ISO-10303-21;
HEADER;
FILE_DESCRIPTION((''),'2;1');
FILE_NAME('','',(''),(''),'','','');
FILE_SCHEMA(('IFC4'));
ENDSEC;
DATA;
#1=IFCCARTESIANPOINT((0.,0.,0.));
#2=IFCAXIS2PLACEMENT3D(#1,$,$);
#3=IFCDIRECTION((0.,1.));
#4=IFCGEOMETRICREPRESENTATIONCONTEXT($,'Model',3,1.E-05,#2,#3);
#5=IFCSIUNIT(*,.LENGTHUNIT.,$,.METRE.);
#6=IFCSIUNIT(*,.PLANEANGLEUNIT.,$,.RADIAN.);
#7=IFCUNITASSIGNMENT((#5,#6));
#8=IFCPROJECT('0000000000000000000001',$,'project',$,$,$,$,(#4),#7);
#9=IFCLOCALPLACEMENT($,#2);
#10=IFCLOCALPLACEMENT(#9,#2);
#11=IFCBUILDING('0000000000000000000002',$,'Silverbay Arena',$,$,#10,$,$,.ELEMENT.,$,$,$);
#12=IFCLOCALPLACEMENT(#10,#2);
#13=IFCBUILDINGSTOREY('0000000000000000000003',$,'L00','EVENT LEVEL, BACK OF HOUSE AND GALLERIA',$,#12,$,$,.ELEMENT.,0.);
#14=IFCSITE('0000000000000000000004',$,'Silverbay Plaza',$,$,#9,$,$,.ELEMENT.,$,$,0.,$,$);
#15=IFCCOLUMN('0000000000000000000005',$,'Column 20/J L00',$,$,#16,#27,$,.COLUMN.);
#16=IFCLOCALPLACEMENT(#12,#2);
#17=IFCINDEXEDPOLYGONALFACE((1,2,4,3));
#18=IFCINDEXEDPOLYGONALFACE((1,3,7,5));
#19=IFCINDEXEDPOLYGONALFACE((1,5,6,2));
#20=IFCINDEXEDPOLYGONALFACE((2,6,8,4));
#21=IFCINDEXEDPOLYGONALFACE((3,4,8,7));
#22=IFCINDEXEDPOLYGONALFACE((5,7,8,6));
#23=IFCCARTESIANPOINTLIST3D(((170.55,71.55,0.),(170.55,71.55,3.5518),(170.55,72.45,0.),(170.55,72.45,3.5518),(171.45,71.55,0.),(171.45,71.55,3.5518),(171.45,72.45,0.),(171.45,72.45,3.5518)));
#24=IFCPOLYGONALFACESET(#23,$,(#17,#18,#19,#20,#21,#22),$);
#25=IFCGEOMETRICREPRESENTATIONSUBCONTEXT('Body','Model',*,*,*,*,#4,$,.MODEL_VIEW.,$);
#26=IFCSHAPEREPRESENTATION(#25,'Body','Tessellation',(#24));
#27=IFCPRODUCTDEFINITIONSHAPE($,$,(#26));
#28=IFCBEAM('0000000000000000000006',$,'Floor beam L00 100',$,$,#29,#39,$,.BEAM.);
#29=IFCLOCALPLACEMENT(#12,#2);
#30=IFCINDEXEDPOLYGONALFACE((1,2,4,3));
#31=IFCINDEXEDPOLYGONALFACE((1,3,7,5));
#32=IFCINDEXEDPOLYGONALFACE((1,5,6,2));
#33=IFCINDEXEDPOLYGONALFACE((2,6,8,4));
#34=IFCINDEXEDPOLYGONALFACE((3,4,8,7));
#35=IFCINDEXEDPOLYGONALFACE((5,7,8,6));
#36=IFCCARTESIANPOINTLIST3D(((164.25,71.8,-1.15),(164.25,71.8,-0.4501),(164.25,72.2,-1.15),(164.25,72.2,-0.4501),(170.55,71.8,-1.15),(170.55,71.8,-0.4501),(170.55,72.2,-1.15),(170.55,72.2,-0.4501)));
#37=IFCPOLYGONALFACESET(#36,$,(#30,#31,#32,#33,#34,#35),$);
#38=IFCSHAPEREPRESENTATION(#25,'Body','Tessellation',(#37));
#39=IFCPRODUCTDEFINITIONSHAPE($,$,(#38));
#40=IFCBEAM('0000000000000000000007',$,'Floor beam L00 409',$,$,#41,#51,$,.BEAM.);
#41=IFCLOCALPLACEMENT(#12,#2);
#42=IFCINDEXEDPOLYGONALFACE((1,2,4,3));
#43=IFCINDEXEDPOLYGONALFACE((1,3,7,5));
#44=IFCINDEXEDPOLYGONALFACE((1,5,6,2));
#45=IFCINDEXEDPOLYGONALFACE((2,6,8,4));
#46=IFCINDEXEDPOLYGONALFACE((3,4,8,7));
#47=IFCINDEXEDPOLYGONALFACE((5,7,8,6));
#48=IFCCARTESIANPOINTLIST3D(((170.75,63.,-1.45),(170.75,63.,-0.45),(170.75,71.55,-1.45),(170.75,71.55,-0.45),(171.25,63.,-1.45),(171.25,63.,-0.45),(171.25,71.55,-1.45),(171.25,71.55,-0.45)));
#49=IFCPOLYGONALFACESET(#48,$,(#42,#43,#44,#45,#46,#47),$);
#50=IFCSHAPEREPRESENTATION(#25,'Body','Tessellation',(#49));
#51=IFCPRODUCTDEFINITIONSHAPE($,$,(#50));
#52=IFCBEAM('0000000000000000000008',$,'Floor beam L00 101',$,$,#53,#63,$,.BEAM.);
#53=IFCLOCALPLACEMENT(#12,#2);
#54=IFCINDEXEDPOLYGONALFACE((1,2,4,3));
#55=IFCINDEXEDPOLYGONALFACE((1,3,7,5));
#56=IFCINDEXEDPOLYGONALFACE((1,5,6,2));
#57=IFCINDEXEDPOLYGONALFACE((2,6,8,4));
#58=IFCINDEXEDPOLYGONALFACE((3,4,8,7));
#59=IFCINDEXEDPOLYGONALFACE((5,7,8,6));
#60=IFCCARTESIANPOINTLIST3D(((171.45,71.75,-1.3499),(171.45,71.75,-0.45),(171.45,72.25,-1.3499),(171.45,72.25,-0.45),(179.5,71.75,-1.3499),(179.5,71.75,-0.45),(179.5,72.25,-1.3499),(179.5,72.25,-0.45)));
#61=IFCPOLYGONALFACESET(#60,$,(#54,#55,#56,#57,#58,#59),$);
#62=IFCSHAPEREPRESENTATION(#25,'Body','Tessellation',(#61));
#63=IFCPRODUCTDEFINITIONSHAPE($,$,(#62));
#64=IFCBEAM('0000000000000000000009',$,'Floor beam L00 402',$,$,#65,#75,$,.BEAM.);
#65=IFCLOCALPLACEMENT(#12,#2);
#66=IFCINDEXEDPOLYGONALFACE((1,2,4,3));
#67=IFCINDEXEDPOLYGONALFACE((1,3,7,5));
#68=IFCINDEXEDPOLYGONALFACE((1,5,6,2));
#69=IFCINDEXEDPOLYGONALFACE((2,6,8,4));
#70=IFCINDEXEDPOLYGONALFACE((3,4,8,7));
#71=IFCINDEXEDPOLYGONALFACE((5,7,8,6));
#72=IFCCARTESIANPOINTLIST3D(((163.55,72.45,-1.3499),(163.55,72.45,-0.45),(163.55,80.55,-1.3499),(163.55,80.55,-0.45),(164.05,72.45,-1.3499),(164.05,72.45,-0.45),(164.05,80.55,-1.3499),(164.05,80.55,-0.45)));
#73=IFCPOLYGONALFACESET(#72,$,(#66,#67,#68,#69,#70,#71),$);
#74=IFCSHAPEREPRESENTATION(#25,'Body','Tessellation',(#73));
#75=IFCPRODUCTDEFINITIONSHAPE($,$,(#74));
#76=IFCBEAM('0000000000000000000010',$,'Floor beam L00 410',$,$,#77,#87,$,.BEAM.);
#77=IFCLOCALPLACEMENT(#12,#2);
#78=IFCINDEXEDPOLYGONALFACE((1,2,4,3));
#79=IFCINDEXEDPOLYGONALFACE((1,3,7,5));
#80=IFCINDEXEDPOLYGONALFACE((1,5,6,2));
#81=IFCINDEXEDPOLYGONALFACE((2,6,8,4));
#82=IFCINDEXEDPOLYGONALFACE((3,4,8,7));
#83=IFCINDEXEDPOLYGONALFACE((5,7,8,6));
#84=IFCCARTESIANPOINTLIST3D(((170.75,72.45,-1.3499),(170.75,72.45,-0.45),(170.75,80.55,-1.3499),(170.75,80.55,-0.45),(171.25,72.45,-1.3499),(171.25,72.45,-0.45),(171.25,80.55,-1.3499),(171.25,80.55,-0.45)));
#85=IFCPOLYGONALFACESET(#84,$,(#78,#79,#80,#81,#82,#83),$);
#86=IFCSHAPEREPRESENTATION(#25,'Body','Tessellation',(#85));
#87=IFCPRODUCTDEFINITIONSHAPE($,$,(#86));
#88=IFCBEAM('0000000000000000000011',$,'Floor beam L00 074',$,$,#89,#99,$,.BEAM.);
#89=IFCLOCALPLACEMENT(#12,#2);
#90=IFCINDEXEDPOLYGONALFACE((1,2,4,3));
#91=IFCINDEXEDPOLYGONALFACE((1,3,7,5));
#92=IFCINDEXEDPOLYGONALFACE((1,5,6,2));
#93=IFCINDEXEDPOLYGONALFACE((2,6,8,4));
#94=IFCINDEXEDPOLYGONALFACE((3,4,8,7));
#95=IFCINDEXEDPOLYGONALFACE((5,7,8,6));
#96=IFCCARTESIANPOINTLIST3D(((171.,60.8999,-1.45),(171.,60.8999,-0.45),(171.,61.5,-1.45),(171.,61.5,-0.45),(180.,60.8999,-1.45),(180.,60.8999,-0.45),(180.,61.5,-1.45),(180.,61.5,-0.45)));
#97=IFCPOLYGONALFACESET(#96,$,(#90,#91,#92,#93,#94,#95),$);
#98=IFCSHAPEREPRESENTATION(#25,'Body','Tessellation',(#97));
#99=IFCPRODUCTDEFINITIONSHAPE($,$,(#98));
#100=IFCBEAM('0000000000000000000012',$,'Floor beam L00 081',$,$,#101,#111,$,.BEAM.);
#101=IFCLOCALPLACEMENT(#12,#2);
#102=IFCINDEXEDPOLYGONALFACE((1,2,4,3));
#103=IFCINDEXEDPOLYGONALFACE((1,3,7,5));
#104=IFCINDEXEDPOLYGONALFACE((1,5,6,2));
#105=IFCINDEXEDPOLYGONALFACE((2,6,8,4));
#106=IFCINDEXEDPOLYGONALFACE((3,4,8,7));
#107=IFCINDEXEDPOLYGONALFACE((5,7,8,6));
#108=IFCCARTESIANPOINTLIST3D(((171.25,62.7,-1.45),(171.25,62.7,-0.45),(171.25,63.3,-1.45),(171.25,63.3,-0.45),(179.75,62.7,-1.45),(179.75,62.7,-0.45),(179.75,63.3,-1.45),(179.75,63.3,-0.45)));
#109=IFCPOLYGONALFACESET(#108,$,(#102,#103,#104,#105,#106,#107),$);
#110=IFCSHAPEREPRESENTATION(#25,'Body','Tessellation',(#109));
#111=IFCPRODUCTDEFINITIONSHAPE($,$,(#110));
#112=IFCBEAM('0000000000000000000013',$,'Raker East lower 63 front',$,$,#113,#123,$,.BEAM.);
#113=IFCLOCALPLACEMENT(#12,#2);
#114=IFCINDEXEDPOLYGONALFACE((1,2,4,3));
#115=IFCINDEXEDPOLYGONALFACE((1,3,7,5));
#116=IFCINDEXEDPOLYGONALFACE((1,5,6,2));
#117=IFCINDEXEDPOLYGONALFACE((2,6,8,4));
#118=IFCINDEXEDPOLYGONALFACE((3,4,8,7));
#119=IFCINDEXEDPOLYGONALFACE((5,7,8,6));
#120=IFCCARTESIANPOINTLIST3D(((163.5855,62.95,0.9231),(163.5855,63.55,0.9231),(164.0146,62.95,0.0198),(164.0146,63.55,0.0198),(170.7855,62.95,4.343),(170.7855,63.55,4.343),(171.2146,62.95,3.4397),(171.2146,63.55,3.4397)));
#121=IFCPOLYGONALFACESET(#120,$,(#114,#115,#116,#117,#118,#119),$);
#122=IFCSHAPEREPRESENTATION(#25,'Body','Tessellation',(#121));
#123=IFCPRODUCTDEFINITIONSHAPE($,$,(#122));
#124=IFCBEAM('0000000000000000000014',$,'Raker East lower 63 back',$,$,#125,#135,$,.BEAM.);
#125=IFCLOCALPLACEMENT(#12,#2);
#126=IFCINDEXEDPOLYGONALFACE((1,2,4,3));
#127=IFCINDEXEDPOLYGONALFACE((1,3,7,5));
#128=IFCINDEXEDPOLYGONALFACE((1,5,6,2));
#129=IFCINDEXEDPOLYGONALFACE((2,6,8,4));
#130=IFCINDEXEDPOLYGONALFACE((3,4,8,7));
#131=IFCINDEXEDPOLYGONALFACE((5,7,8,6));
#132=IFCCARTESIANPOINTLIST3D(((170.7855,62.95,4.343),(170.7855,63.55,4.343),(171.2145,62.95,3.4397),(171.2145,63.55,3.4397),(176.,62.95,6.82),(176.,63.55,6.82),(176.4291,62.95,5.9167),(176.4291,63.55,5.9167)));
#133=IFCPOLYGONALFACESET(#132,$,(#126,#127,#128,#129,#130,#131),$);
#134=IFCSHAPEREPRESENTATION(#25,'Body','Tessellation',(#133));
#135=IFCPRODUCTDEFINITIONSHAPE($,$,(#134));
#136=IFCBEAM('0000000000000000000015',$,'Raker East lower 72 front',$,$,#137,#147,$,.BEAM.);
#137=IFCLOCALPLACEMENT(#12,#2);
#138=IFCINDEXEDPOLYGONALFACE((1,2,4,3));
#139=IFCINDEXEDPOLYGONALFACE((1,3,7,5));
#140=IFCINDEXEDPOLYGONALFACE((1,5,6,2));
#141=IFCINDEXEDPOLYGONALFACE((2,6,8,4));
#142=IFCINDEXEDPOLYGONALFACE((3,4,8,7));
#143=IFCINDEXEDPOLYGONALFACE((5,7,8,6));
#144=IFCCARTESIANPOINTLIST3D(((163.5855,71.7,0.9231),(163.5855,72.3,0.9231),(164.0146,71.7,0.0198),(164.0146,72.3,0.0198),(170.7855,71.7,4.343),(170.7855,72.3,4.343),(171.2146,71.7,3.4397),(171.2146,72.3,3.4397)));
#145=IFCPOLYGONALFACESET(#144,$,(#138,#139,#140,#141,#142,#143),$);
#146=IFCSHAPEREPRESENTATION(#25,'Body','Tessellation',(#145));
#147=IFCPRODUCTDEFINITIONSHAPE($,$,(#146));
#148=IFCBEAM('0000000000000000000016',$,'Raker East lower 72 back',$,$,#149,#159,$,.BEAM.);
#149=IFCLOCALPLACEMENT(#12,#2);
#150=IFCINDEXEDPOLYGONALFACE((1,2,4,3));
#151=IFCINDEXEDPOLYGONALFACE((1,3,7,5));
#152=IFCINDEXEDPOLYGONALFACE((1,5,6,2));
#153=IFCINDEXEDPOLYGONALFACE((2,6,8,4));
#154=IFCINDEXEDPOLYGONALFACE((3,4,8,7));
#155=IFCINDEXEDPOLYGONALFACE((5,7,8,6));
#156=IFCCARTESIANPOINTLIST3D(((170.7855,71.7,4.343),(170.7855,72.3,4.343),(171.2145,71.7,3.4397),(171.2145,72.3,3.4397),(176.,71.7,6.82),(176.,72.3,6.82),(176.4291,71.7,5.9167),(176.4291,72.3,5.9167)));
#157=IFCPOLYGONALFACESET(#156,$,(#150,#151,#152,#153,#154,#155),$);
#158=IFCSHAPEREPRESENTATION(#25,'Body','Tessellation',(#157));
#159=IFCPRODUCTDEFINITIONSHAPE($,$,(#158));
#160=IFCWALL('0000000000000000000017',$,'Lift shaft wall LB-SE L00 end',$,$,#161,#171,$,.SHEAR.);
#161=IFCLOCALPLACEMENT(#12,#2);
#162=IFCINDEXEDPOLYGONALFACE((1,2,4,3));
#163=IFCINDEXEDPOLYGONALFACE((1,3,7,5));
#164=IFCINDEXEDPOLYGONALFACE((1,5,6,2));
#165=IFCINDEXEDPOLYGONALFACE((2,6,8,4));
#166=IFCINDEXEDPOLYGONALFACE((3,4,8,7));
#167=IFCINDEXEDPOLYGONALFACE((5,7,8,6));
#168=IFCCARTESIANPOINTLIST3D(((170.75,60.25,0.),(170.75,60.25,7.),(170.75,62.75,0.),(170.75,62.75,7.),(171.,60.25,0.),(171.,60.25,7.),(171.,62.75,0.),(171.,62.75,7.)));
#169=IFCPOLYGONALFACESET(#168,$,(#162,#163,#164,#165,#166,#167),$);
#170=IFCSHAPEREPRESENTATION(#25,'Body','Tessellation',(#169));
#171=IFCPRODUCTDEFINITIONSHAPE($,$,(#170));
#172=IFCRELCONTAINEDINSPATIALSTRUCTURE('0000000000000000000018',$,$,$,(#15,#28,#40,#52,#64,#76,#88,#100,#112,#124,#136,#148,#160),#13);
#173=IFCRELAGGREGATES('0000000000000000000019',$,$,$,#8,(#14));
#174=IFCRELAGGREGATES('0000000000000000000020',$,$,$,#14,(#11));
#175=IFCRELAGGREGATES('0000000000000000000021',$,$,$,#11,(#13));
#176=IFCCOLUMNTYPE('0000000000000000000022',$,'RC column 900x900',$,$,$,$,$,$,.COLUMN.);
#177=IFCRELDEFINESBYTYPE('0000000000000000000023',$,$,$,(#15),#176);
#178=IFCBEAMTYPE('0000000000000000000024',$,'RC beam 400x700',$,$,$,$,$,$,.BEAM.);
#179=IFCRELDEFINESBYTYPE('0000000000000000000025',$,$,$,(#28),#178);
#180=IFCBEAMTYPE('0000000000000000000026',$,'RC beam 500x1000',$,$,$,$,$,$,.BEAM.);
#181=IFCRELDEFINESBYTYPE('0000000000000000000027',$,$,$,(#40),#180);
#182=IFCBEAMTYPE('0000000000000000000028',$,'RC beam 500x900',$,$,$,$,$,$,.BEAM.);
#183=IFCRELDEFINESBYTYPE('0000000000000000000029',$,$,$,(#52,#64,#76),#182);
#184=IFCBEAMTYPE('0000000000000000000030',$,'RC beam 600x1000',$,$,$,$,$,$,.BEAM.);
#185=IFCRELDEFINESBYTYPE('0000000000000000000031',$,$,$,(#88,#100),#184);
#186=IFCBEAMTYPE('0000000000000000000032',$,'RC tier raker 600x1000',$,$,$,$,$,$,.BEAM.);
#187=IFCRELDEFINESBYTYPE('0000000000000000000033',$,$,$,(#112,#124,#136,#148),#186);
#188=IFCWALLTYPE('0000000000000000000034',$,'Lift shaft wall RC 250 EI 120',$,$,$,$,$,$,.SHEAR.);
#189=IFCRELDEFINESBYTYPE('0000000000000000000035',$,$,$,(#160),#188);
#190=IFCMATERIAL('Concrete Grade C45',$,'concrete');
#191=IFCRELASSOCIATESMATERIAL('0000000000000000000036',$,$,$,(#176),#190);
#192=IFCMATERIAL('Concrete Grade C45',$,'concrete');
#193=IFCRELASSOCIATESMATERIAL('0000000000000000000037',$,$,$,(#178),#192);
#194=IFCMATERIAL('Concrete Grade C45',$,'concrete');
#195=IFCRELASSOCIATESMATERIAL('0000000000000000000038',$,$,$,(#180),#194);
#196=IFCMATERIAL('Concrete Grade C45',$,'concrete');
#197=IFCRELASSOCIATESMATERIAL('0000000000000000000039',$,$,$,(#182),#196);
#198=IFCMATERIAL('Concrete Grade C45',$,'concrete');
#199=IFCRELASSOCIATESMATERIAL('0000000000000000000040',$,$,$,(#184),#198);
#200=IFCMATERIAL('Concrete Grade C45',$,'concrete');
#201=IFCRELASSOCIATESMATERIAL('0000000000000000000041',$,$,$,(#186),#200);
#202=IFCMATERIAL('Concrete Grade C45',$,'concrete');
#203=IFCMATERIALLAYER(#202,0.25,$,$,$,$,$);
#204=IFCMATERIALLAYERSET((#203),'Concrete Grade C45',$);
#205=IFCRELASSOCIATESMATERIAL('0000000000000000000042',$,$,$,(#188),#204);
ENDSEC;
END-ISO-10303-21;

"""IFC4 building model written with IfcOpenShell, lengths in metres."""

from ifc_helpers import new_model, si_unit, direction, frame, frame_2d, origin, origin_2d, place, context, subcontext, project, spatial, rectangle, extrude, material, layer, layer_set, material_profile, profile_set, type_object, element, save


model = new_model("IFC4")

# Units and contexts
model_context = context("Model", 3, precision=1e-05, world=origin(), true_north=direction((0.0, 1.0)))
body_context = subcontext(model_context, "Body", "Model", "MODEL_VIEW")
ifc_project = project(units=[si_unit("LENGTHUNIT", "METRE"), si_unit("PLANEANGLEUNIT", "RADIAN")], contexts=[model_context])

# Site, building, storey
site_placement = place(None, origin())
site = spatial("IfcSite", under=ifc_project, at=site_placement, Name="Silverbay Plaza", CompositionType="ELEMENT", RefElevation=0.0)
building_placement = place(site_placement, origin())
building = spatial("IfcBuilding", under=site, at=building_placement, Name="Silverbay Arena", CompositionType="ELEMENT")
storey_placement = place(building_placement, origin())
storey = spatial("IfcBuildingStorey", under=building, at=storey_placement, Name="L00", Description="EVENT LEVEL, BACK OF HOUSE AND GALLERIA", CompositionType="ELEMENT", Elevation=0.0)

# Column
ifc_material_1 = material(Name="Concrete Grade C45", Category="concrete")
ifc_material_profile_1 = material_profile(ifc_material_1, rectangle(XDim=0.8999, YDim=0.8999, at=origin_2d()), Name="RC 900x900")
ifc_profile_set_1 = profile_set([ifc_material_profile_1], Name="Concrete Grade C45")
column_type = type_object("IfcColumnType", Name="RC column 900x900", PredefinedType="COLUMN", material=ifc_profile_set_1)
column_placement = place(storey_placement, frame((171.0, 72.0, 0.0), z_axis=(0.0, 0.0, 1.0), x_axis=(1.0, 0.0, 0.0)))
element("IfcColumn", 1, at=column_placement, inside=storey, type_object=column_type, Name="Column 20/J L00", PredefinedType="COLUMN", context=body_context, shape_type="SweptSolid", body=[
    extrude(rectangle(XDim=0.8999, YDim=0.8999, at=origin_2d()), origin(), (0.0, 0.0, 1.0), 3.5518),
])

# Beams
ifc_material_2 = material(Name="Concrete Grade C45", Category="concrete")
ifc_material_profile_2 = material_profile(ifc_material_2, rectangle(XDim=0.3999, YDim=0.7, at=origin_2d()), Name="RC 400x700")
ifc_profile_set_2 = profile_set([ifc_material_profile_2], Name="Concrete Grade C45")
beam_type_1 = type_object("IfcBeamType", Name="RC beam 400x700", PredefinedType="BEAM", material=ifc_profile_set_2)
beam_1_placement = place(storey_placement, frame((164.25, 72.0, -0.8), z_axis=(1.0, 0.0, 0.0), x_axis=(0.0, 1.0, 0.0)))
element("IfcBeam", 2, at=beam_1_placement, inside=storey, type_object=beam_type_1, Name="Floor beam L00 100", PredefinedType="BEAM", context=body_context, shape_type="SweptSolid", body=[
    extrude(rectangle(XDim=0.3999, YDim=0.7, at=origin_2d()), origin(), (0.0, 0.0, 1.0), 6.3),
])
ifc_material_3 = material(Name="Concrete Grade C45", Category="concrete")
ifc_material_profile_3 = material_profile(ifc_material_3, rectangle(XDim=0.5, YDim=1.0, at=origin_2d()), Name="RC 500x1000")
ifc_profile_set_3 = profile_set([ifc_material_profile_3], Name="Concrete Grade C45")
beam_type_2 = type_object("IfcBeamType", Name="RC beam 500x1000", PredefinedType="BEAM", material=ifc_profile_set_3)
beam_2_placement = place(storey_placement, frame((171.0, 63.0, -0.95), z_axis=(0.0, 1.0, 0.0), x_axis=(-1.0, 0.0, 0.0)))
element("IfcBeam", 3, at=beam_2_placement, inside=storey, type_object=beam_type_2, Name="Floor beam L00 409", PredefinedType="BEAM", context=body_context, shape_type="SweptSolid", body=[
    extrude(rectangle(XDim=0.5, YDim=1.0, at=origin_2d()), origin(), (0.0, 0.0, 1.0), 8.55),
])
ifc_material_4 = material(Name="Concrete Grade C45", Category="concrete")
ifc_material_profile_4 = material_profile(ifc_material_4, rectangle(XDim=0.5, YDim=0.8999, at=origin_2d()), Name="RC 500x900")
ifc_profile_set_4 = profile_set([ifc_material_profile_4], Name="Concrete Grade C45")
beam_type_3 = type_object("IfcBeamType", Name="RC beam 500x900", PredefinedType="BEAM", material=ifc_profile_set_4)
beam_3_placement = place(storey_placement, frame((171.45, 72.0, -0.8999), z_axis=(1.0, 0.0, 0.0), x_axis=(0.0, 1.0, 0.0)))
element("IfcBeam", 4, at=beam_3_placement, inside=storey, type_object=beam_type_3, Name="Floor beam L00 101", PredefinedType="BEAM", context=body_context, shape_type="SweptSolid", body=[
    extrude(rectangle(XDim=0.5, YDim=0.8999, at=origin_2d()), origin(), (0.0, 0.0, 1.0), 8.05),
])
for number, where, z_axis, x_axis, name in (
    (5, (163.8, 72.45, -0.8999), (0.0, 1.0, 0.0), (-1.0, 0.0, 0.0), "Floor beam L00 402"),
    (6, (171.0, 72.45, -0.8999), (0.0, 1.0, 0.0), (-1.0, 0.0, 0.0), "Floor beam L00 410"),
):
    element("IfcBeam", number, at=place(storey_placement, frame(where, z_axis=z_axis, x_axis=x_axis)), inside=storey, type_object=beam_type_3, Name=name, PredefinedType="BEAM", context=body_context, shape_type="SweptSolid", body=[
        extrude(rectangle(XDim=0.5, YDim=0.8999, at=origin_2d()), origin(), (0.0, 0.0, 1.0), 8.1001),
    ])
ifc_material_5 = material(Name="Concrete Grade C45", Category="concrete")
ifc_material_profile_5 = material_profile(ifc_material_5, rectangle(XDim=0.6001, YDim=1.0, at=origin_2d()), Name="RC 600x1000")
ifc_profile_set_5 = profile_set([ifc_material_profile_5], Name="Concrete Grade C45")
beam_type_4 = type_object("IfcBeamType", Name="RC beam 600x1000", PredefinedType="BEAM", material=ifc_profile_set_5)
beam_4_placement = place(storey_placement, frame((171.0, 61.2, -0.95), z_axis=(1.0, 0.0, 0.0), x_axis=(0.0, 1.0, 0.0)))
element("IfcBeam", 7, at=beam_4_placement, inside=storey, type_object=beam_type_4, Name="Floor beam L00 074", PredefinedType="BEAM", context=body_context, shape_type="SweptSolid", body=[
    extrude(rectangle(XDim=0.6001, YDim=1.0, at=origin_2d()), origin(), (0.0, 0.0, 1.0), 9.0),
])
beam_5_placement = place(storey_placement, frame((171.25, 63.0, -0.95), z_axis=(1.0, 0.0, 0.0), x_axis=(0.0, 1.0, 0.0)))
element("IfcBeam", 8, at=beam_5_placement, inside=storey, type_object=beam_type_4, Name="Floor beam L00 081", PredefinedType="BEAM", context=body_context, shape_type="SweptSolid", body=[
    extrude(rectangle(XDim=0.6001, YDim=1.0, at=origin_2d()), origin(), (0.0, 0.0, 1.0), 8.5),
])
ifc_material_6 = material(Name="Concrete Grade C45", Category="concrete")
ifc_material_profile_6 = material_profile(ifc_material_6, rectangle(XDim=0.6001, YDim=1.0, at=origin_2d()), Name="RC 600x1000")
ifc_profile_set_6 = profile_set([ifc_material_profile_6], Name="Concrete Grade C45")
beam_type_5 = type_object("IfcBeamType", Name="RC tier raker 600x1000", PredefinedType="BEAM", material=ifc_profile_set_6)
beam_6_placement = place(storey_placement, frame((163.8, 63.25, 0.4714), z_axis=(0.90328, 0.0, 0.429051), x_axis=(0.0, 1.0, 0.0)))
element("IfcBeam", 9, at=beam_6_placement, inside=storey, type_object=beam_type_5, Name="Raker East lower 63 front", PredefinedType="BEAM", context=body_context, shape_type="SweptSolid", body=[
    extrude(rectangle(XDim=0.6001, YDim=1.0, at=origin_2d()), origin(), (0.0, 0.0, 1.0), 7.9709),
])
beam_7_placement = place(storey_placement, frame((171.0, 63.25, 3.8914), z_axis=(0.90327, 0.0, 0.429073), x_axis=(0.0, 1.0, 0.0)))
element("IfcBeam", 10, at=beam_7_placement, inside=storey, type_object=beam_type_5, Name="Raker East lower 63 back", PredefinedType="BEAM", context=body_context, shape_type="SweptSolid", body=[
    extrude(rectangle(XDim=0.6001, YDim=1.0, at=origin_2d()), origin(), (0.0, 0.0, 1.0), 5.7729),
])
beam_8_placement = place(storey_placement, frame((163.8, 72.0, 0.4714), z_axis=(0.90328, 0.0, 0.429051), x_axis=(0.0, 1.0, 0.0)))
element("IfcBeam", 11, at=beam_8_placement, inside=storey, type_object=beam_type_5, Name="Raker East lower 72 front", PredefinedType="BEAM", context=body_context, shape_type="SweptSolid", body=[
    extrude(rectangle(XDim=0.6001, YDim=1.0, at=origin_2d()), origin(), (0.0, 0.0, 1.0), 7.9709),
])
beam_9_placement = place(storey_placement, frame((171.0, 72.0, 3.8914), z_axis=(0.90327, 0.0, 0.429073), x_axis=(0.0, 1.0, 0.0)))
element("IfcBeam", 12, at=beam_9_placement, inside=storey, type_object=beam_type_5, Name="Raker East lower 72 back", PredefinedType="BEAM", context=body_context, shape_type="SweptSolid", body=[
    extrude(rectangle(XDim=0.6001, YDim=1.0, at=origin_2d()), origin(), (0.0, 0.0, 1.0), 5.7729),
])

# Wall
ifc_material_7 = material(Name="Concrete Grade C45", Category="concrete")
ifc_layer_1 = layer(ifc_material_7, 0.25)
ifc_layer_set_1 = layer_set([ifc_layer_1], Name="Concrete Grade C45")
wall_type_1 = type_object("IfcWallType", Name="Lift shaft wall RC 250 EI 120", PredefinedType="SHEAR", material=ifc_layer_set_1)
wall_1_placement = place(storey_placement, frame((170.875, 60.25, 0.0), z_axis=(0.0, 0.0, 1.0), x_axis=(0.0, 1.0, 0.0)))
element("IfcWall", 13, at=wall_1_placement, inside=storey, type_object=wall_type_1, Name="Lift shaft wall LB-SE L00 end", PredefinedType="SHEAR", context=body_context, shape_type="SweptSolid", body=[
    extrude(rectangle(XDim=2.5, YDim=0.25, at=frame_2d((1.25, 0.0))), origin(), (0.0, 0.0, 1.0), 7.0),
])

save(model, "model.ifc")
